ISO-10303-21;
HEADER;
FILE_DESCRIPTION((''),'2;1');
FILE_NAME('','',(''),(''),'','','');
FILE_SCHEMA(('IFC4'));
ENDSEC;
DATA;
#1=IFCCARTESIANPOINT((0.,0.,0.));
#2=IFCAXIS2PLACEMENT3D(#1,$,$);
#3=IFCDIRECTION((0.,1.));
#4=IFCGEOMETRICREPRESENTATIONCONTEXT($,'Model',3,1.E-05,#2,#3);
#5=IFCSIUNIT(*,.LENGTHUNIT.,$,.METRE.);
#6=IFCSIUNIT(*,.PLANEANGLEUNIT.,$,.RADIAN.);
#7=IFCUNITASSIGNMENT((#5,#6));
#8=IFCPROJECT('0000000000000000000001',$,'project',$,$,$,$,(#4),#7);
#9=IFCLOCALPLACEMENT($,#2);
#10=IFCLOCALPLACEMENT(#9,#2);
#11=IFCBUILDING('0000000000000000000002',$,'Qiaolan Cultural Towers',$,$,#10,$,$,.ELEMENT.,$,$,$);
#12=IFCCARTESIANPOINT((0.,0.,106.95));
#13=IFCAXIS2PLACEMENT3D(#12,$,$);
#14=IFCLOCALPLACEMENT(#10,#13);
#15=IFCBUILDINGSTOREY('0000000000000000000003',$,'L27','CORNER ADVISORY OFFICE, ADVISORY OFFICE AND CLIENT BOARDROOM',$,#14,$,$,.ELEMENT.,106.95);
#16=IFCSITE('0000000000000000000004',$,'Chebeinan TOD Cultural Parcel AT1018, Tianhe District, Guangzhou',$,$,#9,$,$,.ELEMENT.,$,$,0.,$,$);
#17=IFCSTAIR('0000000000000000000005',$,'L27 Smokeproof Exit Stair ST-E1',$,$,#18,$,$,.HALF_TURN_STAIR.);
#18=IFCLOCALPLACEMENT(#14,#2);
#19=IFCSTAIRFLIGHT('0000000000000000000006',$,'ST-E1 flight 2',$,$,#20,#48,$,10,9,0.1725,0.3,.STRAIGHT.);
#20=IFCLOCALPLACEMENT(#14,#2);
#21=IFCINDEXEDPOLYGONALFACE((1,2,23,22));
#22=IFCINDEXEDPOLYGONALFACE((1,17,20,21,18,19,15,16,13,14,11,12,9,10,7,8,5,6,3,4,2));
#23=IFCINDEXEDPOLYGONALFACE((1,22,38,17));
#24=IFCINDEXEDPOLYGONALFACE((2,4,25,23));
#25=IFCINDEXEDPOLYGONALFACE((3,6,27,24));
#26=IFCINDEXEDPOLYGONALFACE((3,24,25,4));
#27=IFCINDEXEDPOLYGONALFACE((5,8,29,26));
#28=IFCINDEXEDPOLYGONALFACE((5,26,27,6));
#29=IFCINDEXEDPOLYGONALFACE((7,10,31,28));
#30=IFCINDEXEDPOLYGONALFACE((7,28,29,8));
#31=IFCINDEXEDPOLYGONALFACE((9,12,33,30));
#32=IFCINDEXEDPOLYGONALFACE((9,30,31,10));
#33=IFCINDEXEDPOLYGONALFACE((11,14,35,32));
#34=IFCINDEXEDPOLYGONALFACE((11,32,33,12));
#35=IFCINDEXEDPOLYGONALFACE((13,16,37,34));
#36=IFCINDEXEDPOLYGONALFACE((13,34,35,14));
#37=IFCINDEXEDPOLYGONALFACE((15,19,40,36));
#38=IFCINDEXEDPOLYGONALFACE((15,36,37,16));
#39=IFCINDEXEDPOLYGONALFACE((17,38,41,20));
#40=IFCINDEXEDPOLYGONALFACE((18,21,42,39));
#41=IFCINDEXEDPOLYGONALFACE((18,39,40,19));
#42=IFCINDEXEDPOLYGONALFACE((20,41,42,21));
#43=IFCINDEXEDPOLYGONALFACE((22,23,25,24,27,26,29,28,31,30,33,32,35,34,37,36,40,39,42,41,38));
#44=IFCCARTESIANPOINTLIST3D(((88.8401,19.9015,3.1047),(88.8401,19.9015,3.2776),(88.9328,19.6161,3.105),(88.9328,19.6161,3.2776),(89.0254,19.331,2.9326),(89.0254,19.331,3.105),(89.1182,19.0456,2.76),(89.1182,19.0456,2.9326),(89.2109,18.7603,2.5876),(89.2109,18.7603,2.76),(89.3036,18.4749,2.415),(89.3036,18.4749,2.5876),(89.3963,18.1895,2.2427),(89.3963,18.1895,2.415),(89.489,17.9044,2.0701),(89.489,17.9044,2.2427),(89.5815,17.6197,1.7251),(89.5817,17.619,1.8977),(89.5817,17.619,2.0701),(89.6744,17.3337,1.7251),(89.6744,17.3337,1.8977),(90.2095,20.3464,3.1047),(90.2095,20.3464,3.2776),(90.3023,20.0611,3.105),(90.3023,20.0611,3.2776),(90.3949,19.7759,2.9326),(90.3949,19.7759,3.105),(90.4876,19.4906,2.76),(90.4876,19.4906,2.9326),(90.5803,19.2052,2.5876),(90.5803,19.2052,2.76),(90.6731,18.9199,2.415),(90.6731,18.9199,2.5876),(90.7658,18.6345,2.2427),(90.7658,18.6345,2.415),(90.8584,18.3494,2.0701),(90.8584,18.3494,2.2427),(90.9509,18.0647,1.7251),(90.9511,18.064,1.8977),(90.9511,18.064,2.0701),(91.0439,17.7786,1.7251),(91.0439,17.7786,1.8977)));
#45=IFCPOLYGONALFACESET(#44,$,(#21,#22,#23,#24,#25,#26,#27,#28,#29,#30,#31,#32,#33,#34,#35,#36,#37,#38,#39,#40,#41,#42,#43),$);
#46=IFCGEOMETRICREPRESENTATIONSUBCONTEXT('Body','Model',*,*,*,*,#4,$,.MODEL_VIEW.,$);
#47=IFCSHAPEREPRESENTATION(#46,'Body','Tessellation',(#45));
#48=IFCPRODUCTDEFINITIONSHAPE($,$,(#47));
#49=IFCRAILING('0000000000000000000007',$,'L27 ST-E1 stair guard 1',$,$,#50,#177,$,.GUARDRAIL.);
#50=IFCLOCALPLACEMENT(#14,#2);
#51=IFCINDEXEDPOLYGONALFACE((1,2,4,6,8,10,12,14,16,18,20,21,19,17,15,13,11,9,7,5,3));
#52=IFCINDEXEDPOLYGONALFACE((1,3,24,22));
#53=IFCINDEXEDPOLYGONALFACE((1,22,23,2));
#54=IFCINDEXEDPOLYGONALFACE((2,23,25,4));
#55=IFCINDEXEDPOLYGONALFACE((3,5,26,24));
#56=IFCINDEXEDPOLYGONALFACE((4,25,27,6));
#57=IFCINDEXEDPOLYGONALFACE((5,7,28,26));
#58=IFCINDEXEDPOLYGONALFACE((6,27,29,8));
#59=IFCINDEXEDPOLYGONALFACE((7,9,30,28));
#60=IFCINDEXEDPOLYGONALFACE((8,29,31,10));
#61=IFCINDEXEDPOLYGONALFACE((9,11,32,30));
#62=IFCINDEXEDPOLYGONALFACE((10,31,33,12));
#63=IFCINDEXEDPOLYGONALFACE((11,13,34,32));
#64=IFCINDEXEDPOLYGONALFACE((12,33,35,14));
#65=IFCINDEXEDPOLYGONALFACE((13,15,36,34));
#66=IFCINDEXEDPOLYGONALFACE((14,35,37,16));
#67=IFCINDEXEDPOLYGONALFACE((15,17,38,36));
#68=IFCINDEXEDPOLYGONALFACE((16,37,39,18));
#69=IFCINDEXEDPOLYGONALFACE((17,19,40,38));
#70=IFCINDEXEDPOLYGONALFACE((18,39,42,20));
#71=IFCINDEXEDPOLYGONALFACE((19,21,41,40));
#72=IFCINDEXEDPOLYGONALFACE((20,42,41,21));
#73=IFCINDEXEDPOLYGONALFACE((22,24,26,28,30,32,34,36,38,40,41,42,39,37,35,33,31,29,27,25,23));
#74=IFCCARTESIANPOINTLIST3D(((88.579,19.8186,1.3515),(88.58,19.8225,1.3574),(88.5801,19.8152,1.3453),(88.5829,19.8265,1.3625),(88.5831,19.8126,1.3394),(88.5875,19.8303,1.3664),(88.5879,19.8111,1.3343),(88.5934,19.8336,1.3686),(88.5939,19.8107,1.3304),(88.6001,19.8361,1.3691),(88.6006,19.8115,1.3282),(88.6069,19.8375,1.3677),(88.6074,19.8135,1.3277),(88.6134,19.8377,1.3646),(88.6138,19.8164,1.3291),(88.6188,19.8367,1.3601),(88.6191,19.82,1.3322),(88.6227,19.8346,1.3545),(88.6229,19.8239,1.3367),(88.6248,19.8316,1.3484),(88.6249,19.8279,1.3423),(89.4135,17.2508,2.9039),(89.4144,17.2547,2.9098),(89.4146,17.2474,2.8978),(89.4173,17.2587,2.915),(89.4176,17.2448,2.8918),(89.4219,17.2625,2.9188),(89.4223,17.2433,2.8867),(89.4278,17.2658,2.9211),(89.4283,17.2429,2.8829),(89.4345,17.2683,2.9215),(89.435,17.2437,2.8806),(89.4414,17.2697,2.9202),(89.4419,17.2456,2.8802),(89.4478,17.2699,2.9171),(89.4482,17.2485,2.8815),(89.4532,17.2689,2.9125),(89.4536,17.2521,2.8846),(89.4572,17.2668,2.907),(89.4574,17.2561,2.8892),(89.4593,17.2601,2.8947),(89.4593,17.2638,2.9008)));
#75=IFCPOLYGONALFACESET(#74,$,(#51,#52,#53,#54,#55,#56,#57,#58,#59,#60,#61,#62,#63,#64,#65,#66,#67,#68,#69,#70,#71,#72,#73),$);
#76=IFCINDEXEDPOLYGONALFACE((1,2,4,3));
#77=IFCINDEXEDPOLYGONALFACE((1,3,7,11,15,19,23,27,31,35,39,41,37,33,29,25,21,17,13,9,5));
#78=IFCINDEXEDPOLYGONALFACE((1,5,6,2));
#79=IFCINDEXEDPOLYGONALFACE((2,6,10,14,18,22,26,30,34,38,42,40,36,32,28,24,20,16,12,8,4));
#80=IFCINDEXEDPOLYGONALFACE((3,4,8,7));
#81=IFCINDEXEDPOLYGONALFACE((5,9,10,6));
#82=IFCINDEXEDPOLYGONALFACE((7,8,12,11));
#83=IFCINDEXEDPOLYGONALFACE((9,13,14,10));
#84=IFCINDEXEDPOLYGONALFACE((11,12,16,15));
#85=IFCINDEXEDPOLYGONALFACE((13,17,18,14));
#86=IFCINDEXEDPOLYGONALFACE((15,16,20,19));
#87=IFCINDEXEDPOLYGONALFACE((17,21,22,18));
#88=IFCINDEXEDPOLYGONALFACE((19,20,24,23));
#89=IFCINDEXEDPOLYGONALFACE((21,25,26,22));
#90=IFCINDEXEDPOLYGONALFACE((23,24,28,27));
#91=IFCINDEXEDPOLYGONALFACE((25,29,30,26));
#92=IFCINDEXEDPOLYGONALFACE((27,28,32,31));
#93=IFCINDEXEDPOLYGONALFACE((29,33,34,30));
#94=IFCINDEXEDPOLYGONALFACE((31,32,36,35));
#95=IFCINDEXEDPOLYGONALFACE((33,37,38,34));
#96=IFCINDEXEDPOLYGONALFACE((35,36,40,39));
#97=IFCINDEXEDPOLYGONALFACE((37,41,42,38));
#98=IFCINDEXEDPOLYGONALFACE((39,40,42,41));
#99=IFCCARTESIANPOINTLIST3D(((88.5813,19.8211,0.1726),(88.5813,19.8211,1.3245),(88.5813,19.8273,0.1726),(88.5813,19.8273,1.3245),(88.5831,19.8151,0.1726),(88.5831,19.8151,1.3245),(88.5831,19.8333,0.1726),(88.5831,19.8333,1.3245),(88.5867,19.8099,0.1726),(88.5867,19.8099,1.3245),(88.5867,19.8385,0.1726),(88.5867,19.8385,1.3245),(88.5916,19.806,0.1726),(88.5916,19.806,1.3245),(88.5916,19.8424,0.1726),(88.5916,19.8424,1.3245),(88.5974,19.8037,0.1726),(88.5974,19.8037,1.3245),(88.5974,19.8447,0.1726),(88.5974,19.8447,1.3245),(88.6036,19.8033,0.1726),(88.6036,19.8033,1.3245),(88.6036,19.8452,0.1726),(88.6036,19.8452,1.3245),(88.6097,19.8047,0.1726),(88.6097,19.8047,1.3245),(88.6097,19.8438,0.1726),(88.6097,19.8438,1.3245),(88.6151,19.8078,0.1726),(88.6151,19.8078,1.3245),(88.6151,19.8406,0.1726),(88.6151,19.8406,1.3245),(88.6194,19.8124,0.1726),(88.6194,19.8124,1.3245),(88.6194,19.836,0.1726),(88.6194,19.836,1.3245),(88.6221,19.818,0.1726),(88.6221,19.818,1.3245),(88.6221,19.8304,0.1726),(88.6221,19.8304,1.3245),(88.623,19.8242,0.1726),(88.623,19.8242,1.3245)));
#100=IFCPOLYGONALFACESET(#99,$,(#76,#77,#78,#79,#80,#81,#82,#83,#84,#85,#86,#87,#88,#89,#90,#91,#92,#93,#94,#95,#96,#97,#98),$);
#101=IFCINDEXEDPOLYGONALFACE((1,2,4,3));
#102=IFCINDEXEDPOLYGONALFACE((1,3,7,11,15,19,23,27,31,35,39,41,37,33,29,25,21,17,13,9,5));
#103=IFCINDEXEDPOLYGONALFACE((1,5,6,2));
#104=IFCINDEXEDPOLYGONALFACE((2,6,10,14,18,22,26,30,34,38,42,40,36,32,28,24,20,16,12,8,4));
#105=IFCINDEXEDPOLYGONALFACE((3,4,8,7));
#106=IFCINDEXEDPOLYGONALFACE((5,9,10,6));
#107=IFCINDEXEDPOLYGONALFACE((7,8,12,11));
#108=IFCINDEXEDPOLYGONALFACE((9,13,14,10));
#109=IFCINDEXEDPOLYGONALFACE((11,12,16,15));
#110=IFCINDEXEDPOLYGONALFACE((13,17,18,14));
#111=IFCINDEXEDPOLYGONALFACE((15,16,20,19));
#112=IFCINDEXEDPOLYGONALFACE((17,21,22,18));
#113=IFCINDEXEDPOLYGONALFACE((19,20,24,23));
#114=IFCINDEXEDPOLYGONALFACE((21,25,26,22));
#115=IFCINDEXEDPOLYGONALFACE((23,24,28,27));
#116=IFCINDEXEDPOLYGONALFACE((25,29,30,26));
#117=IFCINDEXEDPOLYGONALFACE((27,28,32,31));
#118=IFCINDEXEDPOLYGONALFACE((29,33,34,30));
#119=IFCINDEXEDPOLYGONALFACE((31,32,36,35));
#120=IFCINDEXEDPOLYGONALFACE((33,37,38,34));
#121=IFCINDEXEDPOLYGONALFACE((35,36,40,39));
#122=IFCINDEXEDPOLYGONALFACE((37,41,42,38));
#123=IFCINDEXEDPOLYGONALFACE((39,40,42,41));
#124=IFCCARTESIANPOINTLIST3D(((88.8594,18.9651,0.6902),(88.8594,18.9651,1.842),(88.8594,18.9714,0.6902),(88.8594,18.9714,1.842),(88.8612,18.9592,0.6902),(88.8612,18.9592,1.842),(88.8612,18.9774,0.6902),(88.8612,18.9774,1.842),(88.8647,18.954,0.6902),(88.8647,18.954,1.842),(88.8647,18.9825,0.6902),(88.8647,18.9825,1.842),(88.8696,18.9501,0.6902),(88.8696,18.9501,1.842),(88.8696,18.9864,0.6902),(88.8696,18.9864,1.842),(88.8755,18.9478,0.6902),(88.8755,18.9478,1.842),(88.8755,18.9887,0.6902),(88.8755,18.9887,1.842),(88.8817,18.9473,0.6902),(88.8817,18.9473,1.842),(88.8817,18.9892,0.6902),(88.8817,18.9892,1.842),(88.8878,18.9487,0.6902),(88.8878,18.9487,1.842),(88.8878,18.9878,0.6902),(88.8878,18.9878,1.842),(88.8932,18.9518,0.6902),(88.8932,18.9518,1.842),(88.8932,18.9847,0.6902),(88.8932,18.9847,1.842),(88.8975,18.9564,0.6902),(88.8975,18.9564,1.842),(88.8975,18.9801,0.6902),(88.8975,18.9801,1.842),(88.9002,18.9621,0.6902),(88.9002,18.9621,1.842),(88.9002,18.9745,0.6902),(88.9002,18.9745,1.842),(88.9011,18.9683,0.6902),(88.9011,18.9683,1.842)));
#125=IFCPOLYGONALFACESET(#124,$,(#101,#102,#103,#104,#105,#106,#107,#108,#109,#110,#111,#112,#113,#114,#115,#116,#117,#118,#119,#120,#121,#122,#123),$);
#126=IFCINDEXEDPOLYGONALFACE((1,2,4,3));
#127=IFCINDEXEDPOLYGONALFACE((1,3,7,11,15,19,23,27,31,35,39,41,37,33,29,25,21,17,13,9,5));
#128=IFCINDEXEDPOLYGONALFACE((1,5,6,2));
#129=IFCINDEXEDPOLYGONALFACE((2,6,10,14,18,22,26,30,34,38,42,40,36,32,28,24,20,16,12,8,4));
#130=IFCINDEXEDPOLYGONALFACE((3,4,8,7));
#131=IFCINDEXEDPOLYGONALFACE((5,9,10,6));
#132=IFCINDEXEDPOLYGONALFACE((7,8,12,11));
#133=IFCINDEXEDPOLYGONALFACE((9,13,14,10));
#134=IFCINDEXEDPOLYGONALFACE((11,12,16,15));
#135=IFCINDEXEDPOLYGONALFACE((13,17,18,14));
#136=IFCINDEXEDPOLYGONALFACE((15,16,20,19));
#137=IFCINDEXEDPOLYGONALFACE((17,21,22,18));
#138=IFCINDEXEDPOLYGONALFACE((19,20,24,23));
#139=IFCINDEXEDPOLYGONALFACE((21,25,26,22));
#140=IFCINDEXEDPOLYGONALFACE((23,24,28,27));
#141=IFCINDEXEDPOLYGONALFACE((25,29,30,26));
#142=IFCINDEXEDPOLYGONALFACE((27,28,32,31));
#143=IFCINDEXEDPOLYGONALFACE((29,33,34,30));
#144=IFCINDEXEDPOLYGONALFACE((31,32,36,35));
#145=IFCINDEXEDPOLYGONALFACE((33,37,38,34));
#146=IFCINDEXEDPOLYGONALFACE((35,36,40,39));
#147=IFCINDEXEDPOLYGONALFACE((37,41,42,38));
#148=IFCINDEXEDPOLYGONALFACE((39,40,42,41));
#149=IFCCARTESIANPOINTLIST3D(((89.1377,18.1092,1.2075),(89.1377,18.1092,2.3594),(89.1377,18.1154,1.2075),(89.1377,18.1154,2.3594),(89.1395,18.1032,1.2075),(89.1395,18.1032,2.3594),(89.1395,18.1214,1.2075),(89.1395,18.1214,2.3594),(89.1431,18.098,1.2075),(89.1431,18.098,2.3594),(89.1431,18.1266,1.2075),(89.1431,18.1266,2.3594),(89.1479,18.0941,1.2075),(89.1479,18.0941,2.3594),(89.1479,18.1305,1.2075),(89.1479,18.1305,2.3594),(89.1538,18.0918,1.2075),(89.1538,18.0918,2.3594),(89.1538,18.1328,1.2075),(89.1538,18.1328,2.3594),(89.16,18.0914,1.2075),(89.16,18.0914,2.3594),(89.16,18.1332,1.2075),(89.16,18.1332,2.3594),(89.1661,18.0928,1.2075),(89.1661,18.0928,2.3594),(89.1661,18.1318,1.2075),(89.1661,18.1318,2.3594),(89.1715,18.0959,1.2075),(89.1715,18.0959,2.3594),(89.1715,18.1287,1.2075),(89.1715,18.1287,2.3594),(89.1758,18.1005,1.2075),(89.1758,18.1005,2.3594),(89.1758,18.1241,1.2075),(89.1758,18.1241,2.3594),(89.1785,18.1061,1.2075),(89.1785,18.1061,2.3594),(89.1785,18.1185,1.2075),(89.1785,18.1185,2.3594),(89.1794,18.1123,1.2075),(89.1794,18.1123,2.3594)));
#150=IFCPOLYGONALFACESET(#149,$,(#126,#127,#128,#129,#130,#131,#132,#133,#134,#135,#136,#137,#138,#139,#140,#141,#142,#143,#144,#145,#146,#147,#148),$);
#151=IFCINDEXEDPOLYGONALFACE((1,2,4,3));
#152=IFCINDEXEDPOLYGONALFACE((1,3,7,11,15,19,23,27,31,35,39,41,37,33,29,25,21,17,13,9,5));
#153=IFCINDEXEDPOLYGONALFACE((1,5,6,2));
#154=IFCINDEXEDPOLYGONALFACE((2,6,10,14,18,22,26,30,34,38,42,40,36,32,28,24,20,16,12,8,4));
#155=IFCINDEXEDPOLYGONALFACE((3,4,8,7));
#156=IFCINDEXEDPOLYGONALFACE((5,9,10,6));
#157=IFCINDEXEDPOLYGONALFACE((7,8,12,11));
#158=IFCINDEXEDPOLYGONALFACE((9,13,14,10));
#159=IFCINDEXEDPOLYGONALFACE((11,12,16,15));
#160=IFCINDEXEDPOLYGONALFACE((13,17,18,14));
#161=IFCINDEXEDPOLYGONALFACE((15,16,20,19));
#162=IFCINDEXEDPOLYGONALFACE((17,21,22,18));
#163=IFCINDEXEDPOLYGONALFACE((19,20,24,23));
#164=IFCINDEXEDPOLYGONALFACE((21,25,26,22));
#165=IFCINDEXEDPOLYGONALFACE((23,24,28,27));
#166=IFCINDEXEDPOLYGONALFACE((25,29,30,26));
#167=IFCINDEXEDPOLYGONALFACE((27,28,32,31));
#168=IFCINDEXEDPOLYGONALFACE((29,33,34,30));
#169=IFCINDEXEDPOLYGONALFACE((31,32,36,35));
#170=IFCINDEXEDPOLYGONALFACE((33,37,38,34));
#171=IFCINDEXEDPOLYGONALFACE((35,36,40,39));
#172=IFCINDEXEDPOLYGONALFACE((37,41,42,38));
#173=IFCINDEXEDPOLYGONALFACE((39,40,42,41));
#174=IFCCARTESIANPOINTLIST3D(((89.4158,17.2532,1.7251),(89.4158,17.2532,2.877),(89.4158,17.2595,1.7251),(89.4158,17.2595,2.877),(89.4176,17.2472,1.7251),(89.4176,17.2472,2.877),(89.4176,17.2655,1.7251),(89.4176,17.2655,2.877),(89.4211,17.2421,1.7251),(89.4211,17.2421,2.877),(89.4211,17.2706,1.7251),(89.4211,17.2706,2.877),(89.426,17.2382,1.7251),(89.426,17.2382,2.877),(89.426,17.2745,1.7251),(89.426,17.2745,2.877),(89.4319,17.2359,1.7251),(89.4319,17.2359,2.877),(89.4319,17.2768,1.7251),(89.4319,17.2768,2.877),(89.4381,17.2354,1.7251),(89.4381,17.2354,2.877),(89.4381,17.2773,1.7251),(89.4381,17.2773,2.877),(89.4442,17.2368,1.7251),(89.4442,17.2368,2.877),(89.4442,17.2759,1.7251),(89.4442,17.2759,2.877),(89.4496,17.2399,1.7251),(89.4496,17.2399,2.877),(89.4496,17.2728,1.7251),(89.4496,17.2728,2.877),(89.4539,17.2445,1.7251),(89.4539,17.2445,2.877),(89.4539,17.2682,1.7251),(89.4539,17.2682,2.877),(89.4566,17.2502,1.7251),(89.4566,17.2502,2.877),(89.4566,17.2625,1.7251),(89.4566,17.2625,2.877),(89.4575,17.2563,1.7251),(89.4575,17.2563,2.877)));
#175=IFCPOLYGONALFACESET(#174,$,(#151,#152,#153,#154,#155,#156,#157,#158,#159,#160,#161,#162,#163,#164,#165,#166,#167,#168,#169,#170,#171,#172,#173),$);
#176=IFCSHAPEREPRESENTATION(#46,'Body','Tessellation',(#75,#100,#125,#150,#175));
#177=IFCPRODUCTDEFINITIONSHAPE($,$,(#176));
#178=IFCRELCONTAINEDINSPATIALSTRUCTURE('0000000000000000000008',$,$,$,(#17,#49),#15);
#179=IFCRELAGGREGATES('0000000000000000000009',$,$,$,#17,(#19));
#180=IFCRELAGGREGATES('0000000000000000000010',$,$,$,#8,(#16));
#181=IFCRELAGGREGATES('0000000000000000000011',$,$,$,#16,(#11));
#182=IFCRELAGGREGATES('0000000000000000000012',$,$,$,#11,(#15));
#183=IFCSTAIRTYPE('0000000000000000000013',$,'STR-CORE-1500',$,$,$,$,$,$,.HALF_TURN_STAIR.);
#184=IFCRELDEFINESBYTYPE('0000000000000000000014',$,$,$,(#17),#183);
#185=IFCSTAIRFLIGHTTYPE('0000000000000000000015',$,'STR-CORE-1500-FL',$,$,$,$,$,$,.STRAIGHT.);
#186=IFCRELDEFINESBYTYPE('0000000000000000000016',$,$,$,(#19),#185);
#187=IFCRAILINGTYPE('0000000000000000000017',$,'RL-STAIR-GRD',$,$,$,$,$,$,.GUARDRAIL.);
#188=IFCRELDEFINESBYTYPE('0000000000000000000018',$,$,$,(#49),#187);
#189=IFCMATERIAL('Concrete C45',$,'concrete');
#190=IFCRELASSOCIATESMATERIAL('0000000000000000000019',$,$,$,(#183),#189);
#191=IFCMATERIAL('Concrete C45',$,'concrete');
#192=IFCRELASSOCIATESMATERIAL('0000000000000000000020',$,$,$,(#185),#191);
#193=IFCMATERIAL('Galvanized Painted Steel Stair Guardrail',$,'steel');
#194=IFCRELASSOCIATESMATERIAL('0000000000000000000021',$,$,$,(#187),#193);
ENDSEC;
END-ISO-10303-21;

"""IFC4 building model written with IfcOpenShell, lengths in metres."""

from ifc_helpers import new_model, si_unit, direction, frame, origin, origin_2d, place, context, subcontext, project, spatial, polyline, circle, outline, extrude, material, type_object, element, aggregate, save


model = new_model("IFC4")

# Units and contexts
model_context = context("Model", 3, precision=1e-05, world=origin(), true_north=direction((0.0, 1.0)))
body_context = subcontext(model_context, "Body", "Model", "MODEL_VIEW")
ifc_project = project(units=[si_unit("LENGTHUNIT", "METRE"), si_unit("PLANEANGLEUNIT", "RADIAN")], contexts=[model_context])

# Site, building, storey
site_placement = place(None, origin())
site = spatial("IfcSite", under=ifc_project, at=site_placement, Name="Chebeinan TOD Cultural Parcel AT1018, Tianhe District, Guangzhou", CompositionType="ELEMENT", RefElevation=0.0)
building_placement = place(site_placement, origin())
building = spatial("IfcBuilding", under=site, at=building_placement, Name="Qiaolan Cultural Towers", CompositionType="ELEMENT")
storey_placement = place(building_placement, frame((0.0, 0.0, 106.95)))
storey = spatial("IfcBuildingStorey", under=building, at=storey_placement, Name="L27", Description="CORNER ADVISORY OFFICE, ADVISORY OFFICE AND CLIENT BOARDROOM", CompositionType="ELEMENT", Elevation=106.95)

# Stair, stair flight
ifc_material_1 = material(Name="Concrete C45", Category="concrete")
stair_type = type_object("IfcStairType", Name="STR-CORE-1500", PredefinedType="HALF_TURN_STAIR", material=ifc_material_1)
stair_placement = place(storey_placement, origin())
stair = element("IfcStair", 1, at=stair_placement, inside=storey, type_object=stair_type, Name="L27 Smokeproof Exit Stair ST-E1", PredefinedType="HALF_TURN_STAIR")
ifc_material_2 = material(Name="Concrete C45", Category="concrete")
stair_flight_type = type_object("IfcStairFlightType", Name="STR-CORE-1500-FL", PredefinedType="STRAIGHT", material=ifc_material_2)
stair_flight_placement = place(storey_placement, frame((90.3591, 17.5562, 1.7251), z_axis=(0.0, 0.0, 1.0), x_axis=(-0.309017, 0.951057, 0.0)))
stair_flight = element("IfcStairFlight", 2, at=stair_flight_placement, type_object=stair_flight_type, Name="ST-E1 flight 2", NumberOfRisers=10, NumberOfTreads=9, PredefinedType="STRAIGHT", RiserHeight=0.1725, TreadLength=0.3, context=body_context, shape_type="SweptSolid", body=[
    extrude(outline(polyline([(0.0, 0.0), (0.0, 0.1726), (0.3, 0.1726), (0.3, 0.345), (0.6001, 0.345), (0.6001, 0.5176), (0.8999, 0.5176), (0.8999, 0.6899), (1.2, 0.6899), (1.2, 0.8625), (1.5, 0.8625), (1.5, 1.0349), (1.8, 1.0349), (1.8, 1.2075), (2.1001, 1.2075), (2.1001, 1.3799), (2.3999, 1.3799), (2.3999, 1.5525), (2.7, 1.5525), (2.7, 1.7251), (2.7, 1.3796), (0.3008, 0.0), (0.0, 0.0)])), frame((0.0, 0.72, 0.0), z_axis=(0.0, -1.0, 0.0), x_axis=(1.0, 0.0, 0.0)), (0.0, 0.0, 1.0), 1.4399),
])
aggregate(stair, [stair_flight])

# Railing
ifc_material_3 = material(Name="Galvanized Painted Steel Stair Guardrail", Category="steel")
railing_type_1 = type_object("IfcRailingType", Name="RL-STAIR-GRD", PredefinedType="GUARDRAIL", material=ifc_material_3)
railing_1_placement = place(storey_placement, frame((88.6021, 19.8242, 0.1726)))
element("IfcRailing", 3, at=railing_1_placement, inside=storey, type_object=railing_type_1, Name="L27 ST-E1 stair guard 1", PredefinedType="GUARDRAIL", context=body_context, shape_type="SweptSolid", body=[
    extrude(circle(Radius=0.0239, at=origin_2d()), frame((0.0, 0.0, 1.1758), z_axis=(0.267926, -0.824471, 0.498461), x_axis=(0.951043, 0.309057, 0.0)), (0.0, 0.0, 1.0), 3.1145),
    extrude(circle(Radius=0.021, at=origin_2d()), origin(), (0.0, 0.0, 1.0), 1.1519),
    extrude(circle(Radius=0.021, at=origin_2d()), frame((0.2781, -0.856, 0.5176)), (0.0, 0.0, 1.0), 1.1519),
    extrude(circle(Radius=0.021, at=origin_2d()), frame((0.5564, -1.7119, 1.0349)), (0.0, 0.0, 1.0), 1.1519),
    extrude(circle(Radius=0.021, at=origin_2d()), frame((0.8345, -2.5679, 1.5525)), (0.0, 0.0, 1.0), 1.1519),
])

save(model, "model.ifc")
